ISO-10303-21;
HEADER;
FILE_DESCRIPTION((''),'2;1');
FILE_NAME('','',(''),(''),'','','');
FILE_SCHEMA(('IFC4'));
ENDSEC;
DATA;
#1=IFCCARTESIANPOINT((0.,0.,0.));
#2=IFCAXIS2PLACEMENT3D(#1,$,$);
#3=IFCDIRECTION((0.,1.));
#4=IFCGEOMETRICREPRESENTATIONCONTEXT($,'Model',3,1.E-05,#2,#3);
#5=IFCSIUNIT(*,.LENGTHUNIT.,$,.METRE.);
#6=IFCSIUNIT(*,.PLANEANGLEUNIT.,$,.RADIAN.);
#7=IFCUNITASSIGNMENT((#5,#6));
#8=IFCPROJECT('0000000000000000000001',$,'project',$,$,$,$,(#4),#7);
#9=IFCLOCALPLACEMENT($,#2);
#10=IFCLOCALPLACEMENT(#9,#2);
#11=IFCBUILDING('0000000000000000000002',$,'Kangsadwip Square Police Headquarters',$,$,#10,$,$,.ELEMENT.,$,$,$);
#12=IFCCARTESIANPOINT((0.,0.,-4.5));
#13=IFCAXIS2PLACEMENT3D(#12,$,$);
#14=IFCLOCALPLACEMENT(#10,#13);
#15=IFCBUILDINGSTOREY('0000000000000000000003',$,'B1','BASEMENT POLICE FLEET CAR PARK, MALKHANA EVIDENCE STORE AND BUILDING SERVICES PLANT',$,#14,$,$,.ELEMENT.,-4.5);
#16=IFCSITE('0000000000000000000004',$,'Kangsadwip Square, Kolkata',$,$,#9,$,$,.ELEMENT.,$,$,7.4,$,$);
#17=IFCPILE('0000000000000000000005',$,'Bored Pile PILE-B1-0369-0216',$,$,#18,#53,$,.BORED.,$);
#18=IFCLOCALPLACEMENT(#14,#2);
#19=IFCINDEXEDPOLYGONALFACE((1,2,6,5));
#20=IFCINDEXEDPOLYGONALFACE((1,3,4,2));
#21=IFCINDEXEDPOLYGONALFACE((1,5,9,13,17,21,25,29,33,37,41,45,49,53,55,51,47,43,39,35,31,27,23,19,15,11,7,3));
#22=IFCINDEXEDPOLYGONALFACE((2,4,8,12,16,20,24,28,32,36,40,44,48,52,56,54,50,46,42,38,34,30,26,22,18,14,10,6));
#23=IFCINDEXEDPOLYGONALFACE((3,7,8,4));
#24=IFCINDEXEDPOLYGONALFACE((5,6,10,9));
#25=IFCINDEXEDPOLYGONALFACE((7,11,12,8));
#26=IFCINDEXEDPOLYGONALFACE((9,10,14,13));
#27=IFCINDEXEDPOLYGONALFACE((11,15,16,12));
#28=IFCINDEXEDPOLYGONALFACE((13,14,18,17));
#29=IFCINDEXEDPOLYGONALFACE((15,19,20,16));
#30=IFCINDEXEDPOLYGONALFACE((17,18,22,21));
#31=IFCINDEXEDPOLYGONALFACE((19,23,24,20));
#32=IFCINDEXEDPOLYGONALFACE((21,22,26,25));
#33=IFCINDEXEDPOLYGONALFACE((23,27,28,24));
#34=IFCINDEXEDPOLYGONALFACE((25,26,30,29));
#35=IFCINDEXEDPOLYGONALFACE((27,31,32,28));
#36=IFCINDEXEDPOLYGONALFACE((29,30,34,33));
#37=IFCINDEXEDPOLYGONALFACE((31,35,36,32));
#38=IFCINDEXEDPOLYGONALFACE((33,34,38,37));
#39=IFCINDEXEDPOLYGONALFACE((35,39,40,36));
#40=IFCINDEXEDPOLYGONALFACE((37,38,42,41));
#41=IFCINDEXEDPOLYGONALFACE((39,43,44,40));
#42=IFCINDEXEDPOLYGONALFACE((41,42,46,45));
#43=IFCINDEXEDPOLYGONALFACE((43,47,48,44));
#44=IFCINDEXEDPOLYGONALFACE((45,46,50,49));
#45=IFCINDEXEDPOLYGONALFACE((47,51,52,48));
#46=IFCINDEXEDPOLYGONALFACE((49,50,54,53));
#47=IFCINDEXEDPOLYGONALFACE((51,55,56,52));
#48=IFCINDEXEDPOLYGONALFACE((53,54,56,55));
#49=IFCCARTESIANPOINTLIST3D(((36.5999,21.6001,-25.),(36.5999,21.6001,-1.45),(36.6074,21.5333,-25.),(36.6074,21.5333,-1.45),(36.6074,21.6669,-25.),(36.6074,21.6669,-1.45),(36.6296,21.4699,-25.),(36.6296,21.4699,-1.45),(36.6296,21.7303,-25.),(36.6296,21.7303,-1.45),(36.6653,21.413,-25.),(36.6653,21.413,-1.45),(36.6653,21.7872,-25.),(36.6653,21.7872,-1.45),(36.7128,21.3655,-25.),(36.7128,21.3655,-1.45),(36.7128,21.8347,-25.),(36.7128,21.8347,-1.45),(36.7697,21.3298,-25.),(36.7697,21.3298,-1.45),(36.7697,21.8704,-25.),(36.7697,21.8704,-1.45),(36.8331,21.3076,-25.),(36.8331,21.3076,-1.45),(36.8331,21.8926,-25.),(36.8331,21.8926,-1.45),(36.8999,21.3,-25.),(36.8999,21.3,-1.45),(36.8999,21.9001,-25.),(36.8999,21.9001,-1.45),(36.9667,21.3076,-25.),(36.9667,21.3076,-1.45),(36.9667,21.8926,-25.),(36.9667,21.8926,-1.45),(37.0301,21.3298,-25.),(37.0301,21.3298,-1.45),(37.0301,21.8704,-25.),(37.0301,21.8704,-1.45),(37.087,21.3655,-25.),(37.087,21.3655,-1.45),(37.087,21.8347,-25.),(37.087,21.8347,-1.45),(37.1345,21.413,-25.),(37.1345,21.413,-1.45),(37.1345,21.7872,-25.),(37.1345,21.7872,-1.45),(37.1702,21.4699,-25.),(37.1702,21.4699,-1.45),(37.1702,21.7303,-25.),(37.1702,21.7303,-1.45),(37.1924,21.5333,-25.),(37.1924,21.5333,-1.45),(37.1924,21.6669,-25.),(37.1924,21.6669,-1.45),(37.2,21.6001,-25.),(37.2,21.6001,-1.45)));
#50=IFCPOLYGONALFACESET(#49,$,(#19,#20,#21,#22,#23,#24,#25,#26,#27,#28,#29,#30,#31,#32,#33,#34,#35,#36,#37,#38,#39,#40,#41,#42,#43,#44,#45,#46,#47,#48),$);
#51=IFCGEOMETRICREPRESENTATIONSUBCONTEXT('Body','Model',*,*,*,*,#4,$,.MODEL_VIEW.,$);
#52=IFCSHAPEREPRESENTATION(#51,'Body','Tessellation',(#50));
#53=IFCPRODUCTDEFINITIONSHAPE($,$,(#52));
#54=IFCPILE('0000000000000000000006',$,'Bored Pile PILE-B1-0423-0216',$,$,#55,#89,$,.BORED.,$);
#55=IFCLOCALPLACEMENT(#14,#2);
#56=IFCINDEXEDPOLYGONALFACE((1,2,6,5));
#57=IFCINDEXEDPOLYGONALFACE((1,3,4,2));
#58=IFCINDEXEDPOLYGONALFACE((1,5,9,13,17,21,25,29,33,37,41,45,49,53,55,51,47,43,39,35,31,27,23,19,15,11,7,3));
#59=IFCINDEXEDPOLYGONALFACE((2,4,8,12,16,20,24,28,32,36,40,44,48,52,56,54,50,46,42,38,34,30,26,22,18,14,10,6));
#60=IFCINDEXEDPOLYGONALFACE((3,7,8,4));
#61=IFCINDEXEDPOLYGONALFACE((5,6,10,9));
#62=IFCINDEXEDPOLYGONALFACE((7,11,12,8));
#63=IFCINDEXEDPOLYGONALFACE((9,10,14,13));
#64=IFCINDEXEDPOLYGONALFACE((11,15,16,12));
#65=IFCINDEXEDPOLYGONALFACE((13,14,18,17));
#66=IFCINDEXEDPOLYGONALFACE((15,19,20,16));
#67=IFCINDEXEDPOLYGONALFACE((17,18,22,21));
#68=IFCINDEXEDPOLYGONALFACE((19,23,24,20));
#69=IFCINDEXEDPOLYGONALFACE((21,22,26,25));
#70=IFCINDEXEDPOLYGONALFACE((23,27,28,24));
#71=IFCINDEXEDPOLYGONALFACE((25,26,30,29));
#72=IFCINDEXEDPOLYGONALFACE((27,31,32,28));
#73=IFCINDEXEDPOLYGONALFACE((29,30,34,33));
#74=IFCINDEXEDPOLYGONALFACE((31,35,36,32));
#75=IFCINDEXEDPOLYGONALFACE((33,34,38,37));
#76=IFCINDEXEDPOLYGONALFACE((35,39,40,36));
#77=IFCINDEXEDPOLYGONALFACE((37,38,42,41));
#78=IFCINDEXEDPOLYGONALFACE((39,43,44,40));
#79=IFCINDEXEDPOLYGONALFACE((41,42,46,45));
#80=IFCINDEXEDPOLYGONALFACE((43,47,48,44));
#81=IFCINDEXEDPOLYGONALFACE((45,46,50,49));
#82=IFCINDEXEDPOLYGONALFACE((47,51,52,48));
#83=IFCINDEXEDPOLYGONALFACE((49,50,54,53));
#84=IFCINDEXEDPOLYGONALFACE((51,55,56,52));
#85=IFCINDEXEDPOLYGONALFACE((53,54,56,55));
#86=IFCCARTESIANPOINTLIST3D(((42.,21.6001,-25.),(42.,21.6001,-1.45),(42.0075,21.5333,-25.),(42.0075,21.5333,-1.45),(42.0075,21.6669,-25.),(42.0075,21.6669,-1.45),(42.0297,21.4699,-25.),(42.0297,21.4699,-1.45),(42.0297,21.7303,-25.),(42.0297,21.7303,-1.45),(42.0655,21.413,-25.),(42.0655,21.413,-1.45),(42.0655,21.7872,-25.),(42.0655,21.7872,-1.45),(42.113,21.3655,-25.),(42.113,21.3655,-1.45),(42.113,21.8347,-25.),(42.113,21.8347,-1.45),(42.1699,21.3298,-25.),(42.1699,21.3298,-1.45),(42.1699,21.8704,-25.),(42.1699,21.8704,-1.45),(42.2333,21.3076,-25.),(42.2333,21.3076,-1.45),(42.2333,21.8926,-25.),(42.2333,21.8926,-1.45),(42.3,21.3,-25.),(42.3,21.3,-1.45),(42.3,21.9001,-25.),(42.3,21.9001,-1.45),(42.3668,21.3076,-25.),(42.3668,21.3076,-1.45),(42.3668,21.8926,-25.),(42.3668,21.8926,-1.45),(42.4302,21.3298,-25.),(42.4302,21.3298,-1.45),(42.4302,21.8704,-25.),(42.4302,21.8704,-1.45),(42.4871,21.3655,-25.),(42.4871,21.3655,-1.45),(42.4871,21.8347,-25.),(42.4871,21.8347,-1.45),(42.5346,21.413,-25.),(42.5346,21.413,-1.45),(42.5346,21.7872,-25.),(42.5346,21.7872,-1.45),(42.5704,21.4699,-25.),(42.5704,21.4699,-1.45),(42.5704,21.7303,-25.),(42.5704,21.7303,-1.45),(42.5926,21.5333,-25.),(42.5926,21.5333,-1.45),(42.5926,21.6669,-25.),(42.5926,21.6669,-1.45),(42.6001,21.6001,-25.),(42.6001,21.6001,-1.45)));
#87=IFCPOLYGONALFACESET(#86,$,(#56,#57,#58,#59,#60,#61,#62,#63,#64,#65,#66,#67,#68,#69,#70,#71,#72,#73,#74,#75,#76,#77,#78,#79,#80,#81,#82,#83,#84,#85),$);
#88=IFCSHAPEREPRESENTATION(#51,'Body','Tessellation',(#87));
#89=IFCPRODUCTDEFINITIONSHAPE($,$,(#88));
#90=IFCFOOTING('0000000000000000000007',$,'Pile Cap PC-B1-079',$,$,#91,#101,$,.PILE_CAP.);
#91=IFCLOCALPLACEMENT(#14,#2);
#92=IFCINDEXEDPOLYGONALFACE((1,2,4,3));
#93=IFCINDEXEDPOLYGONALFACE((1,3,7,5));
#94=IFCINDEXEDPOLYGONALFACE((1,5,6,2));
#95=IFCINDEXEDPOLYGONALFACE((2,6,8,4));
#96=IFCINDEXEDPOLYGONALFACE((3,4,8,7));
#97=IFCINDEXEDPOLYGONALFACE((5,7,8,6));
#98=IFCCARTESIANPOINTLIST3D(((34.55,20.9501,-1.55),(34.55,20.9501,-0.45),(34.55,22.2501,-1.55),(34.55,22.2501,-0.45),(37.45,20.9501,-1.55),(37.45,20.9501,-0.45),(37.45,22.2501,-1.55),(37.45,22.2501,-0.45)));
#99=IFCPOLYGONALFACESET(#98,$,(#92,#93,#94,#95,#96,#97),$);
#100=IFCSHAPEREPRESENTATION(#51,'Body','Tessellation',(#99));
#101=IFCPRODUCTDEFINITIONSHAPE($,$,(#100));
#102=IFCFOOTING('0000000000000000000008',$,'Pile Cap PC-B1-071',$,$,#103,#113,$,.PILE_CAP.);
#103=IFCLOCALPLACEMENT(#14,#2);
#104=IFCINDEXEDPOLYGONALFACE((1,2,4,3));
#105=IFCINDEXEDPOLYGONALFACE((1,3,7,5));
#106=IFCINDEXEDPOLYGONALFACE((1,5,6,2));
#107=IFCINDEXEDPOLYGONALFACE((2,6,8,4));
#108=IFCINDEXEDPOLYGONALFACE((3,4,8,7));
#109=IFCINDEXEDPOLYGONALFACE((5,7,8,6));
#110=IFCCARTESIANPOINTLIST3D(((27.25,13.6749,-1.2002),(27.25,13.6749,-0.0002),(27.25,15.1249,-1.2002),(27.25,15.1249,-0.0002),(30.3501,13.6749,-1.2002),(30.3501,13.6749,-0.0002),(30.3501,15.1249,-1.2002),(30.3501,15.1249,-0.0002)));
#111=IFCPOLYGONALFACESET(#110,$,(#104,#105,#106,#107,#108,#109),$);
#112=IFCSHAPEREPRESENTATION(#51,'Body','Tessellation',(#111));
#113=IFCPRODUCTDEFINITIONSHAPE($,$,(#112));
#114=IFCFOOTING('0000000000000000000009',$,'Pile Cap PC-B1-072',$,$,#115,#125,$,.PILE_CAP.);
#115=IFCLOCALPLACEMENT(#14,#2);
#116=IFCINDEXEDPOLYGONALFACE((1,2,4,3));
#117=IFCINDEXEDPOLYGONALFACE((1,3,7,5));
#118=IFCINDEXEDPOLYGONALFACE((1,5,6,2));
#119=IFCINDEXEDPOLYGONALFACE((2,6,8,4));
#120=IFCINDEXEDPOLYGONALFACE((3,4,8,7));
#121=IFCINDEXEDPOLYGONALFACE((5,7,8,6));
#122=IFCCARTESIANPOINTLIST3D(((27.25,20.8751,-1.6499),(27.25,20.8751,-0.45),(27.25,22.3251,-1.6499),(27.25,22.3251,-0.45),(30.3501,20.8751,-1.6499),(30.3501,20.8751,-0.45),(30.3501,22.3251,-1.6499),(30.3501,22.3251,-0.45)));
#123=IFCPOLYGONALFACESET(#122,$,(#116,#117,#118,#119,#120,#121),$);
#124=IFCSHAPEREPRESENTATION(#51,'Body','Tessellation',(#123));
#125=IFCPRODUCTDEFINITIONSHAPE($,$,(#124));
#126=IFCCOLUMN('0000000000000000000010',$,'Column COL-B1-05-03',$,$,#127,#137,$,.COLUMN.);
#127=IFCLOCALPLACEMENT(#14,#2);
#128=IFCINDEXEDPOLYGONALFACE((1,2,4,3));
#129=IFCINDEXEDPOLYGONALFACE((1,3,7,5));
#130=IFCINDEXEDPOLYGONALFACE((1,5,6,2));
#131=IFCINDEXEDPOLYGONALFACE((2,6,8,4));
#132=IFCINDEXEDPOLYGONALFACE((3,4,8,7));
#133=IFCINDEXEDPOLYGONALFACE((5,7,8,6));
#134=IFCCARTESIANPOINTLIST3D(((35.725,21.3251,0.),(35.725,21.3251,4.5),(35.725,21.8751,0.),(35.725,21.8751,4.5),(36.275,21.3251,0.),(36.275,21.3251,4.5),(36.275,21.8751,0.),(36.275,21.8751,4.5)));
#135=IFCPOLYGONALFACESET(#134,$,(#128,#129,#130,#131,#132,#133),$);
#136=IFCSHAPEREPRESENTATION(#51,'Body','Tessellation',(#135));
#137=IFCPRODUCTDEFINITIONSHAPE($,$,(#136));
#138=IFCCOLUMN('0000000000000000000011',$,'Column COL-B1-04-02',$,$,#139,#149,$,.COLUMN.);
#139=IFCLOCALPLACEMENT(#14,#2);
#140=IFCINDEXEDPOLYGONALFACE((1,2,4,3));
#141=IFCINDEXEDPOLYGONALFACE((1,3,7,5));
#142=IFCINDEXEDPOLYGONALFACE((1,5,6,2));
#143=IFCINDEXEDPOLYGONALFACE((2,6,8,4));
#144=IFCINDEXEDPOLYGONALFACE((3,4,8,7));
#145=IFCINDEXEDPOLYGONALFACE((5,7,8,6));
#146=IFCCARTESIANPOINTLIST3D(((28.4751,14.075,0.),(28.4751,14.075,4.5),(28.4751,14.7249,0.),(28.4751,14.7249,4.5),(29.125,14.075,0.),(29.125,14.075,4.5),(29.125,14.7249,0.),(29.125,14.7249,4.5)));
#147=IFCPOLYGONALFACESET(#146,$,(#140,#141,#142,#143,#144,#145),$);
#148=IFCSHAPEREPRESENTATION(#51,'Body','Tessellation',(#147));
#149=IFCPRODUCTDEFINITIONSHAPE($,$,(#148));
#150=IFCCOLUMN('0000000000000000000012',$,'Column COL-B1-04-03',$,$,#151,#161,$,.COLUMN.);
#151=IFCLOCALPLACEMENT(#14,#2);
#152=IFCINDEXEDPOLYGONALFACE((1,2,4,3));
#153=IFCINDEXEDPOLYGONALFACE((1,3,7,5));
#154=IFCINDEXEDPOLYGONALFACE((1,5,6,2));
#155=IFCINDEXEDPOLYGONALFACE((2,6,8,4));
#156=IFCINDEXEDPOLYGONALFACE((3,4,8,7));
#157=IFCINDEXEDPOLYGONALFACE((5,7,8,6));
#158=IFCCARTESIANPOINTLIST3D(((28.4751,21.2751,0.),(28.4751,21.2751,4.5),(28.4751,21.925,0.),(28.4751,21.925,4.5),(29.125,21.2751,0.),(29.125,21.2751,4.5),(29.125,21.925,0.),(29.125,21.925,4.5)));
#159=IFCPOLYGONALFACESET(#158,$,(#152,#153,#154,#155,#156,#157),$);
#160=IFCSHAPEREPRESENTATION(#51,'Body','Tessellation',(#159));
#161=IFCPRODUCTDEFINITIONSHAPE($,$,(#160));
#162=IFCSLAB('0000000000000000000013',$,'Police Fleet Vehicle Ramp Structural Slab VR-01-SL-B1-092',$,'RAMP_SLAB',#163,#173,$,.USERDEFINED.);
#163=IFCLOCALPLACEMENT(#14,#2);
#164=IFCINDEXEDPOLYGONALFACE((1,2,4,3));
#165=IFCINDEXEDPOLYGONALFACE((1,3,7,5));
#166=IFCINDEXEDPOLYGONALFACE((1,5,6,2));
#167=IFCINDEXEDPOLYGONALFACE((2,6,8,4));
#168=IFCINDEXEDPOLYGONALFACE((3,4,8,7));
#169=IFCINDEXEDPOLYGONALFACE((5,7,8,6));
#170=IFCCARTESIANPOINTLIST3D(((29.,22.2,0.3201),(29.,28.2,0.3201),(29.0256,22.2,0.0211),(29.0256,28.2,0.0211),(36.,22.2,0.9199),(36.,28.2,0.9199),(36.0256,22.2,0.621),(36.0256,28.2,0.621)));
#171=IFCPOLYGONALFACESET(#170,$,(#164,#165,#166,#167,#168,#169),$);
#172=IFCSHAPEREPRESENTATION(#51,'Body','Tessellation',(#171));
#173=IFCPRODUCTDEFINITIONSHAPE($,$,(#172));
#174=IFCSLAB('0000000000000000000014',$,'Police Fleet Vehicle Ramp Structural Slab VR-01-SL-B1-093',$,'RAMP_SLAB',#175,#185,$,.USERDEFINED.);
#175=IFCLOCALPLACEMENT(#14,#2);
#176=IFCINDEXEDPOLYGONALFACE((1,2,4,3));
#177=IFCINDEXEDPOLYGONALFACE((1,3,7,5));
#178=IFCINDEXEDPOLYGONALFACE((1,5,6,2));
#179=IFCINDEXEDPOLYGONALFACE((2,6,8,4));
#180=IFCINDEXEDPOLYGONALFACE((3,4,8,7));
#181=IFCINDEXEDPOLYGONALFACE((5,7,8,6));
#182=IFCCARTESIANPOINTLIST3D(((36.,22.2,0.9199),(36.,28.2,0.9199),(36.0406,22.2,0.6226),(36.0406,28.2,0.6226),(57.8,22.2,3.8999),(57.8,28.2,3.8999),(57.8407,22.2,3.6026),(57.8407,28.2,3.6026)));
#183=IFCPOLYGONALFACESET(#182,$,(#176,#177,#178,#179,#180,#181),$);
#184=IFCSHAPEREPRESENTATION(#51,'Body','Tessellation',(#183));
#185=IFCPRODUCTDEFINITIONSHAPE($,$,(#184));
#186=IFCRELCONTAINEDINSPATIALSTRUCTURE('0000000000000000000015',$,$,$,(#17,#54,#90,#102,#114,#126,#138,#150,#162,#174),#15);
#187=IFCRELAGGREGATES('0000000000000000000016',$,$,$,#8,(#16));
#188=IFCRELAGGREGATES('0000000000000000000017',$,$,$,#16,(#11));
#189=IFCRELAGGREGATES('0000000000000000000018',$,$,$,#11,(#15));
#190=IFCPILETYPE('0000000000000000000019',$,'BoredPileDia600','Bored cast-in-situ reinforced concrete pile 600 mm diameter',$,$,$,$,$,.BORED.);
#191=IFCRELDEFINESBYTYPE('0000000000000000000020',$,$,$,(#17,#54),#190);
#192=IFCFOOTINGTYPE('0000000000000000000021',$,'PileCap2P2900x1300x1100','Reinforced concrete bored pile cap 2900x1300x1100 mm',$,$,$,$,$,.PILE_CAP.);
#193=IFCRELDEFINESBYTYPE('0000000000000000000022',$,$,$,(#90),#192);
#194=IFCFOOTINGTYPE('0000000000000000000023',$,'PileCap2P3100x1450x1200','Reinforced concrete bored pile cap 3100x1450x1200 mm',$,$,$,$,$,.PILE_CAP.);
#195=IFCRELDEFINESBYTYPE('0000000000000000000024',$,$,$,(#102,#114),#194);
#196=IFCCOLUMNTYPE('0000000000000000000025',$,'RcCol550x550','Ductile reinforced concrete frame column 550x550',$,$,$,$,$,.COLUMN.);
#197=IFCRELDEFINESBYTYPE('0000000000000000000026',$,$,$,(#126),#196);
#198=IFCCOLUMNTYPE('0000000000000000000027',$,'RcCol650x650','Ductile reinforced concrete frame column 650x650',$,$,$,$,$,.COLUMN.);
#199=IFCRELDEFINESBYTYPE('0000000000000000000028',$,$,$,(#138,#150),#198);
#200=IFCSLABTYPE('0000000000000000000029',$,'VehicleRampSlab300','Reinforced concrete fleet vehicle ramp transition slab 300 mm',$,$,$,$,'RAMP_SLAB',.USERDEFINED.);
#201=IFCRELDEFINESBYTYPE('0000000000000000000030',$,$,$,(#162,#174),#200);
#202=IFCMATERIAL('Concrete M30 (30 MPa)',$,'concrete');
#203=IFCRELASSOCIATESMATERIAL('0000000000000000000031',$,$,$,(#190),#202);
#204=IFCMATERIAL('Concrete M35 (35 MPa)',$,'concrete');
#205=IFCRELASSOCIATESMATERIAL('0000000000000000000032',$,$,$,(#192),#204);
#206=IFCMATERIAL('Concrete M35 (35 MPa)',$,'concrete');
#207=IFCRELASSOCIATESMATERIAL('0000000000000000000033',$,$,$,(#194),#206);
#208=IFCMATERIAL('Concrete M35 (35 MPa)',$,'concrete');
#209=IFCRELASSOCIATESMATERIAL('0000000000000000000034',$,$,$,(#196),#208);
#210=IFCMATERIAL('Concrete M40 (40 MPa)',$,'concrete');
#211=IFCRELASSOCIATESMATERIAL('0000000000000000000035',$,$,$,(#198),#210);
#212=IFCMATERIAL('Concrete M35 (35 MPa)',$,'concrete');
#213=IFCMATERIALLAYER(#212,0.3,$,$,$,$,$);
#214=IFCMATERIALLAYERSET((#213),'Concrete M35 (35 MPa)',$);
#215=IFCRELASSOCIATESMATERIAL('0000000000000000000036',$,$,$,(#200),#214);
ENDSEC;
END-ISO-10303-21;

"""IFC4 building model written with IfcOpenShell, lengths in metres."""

from ifc_helpers import new_model, si_unit, direction, frame, origin, origin_2d, place, context, subcontext, project, spatial, polyline, rectangle, circle, outline, extrude, material, layer, layer_set, material_profile, profile_set, type_object, element, save


model = new_model("IFC4")

# Units and contexts
model_context = context("Model", 3, precision=1e-05, world=origin(), true_north=direction((0.0, 1.0)))
body_context = subcontext(model_context, "Body", "Model", "MODEL_VIEW")
ifc_project = project(units=[si_unit("LENGTHUNIT", "METRE"), si_unit("PLANEANGLEUNIT", "RADIAN")], contexts=[model_context])

# Site, building, storey
site_placement = place(None, origin())
site = spatial("IfcSite", under=ifc_project, at=site_placement, Name="Kangsadwip Square, Kolkata", CompositionType="ELEMENT", RefElevation=7.4)
building_placement = place(site_placement, origin())
building = spatial("IfcBuilding", under=site, at=building_placement, Name="Kangsadwip Square Police Headquarters", CompositionType="ELEMENT")
storey_placement = place(building_placement, frame((0.0, 0.0, -4.5)))
storey = spatial("IfcBuildingStorey", under=building, at=storey_placement, Name="B1", Description="BASEMENT POLICE FLEET CAR PARK, MALKHANA EVIDENCE STORE AND BUILDING SERVICES PLANT", CompositionType="ELEMENT", Elevation=-4.5)

# Piles
ifc_material_1 = material(Name="Concrete M30 (30 MPa)", Category="concrete")
ifc_material_profile_1 = material_profile(ifc_material_1, circle(Radius=0.3, at=origin_2d()), Name="PILE DIA 600")
ifc_profile_set_1 = profile_set([ifc_material_profile_1], Name="Concrete M30 (30 MPa)")
pile_type = type_object("IfcPileType", Name="BoredPileDia600", Description="Bored cast-in-situ reinforced concrete pile 600 mm diameter", PredefinedType="BORED", material=ifc_profile_set_1)
for number, where, z_axis, x_axis, name in (
    (1, (36.8999, 21.6001, -1.45), (0.0, 0.0, -1.0), (1.0, 0.0, 0.0), "Bored Pile PILE-B1-0369-0216"),
    (2, (42.3, 21.6001, -1.45), (0.0, 0.0, -1.0), (1.0, 0.0, 0.0), "Bored Pile PILE-B1-0423-0216"),
):
    element("IfcPile", number, at=place(storey_placement, frame(where, z_axis=z_axis, x_axis=x_axis)), inside=storey, type_object=pile_type, Name=name, PredefinedType="BORED", context=body_context, shape_type="SweptSolid", body=[
        extrude(circle(Radius=0.3, at=origin_2d()), origin(), (0.0, 0.0, 1.0), 23.55),
    ])

# Footings
ifc_material_2 = material(Name="Concrete M35 (35 MPa)", Category="concrete")
footing_type_1 = type_object("IfcFootingType", Name="PileCap2P2900x1300x1100", Description="Reinforced concrete bored pile cap 2900x1300x1100 mm", PredefinedType="PILE_CAP", material=ifc_material_2)
footing_placement = place(storey_placement, frame((36.0, 21.6001, -1.55), z_axis=(0.0, 0.0, 1.0), x_axis=(1.0, 0.0, 0.0)))
element("IfcFooting", 3, at=footing_placement, inside=storey, type_object=footing_type_1, Name="Pile Cap PC-B1-079", PredefinedType="PILE_CAP", context=body_context, shape_type="SweptSolid", body=[
    extrude(rectangle(XDim=2.8999, YDim=1.3, at=origin_2d()), origin(), (0.0, 0.0, 1.0), 1.1001),
])
ifc_material_3 = material(Name="Concrete M35 (35 MPa)", Category="concrete")
footing_type_2 = type_object("IfcFootingType", Name="PileCap2P3100x1450x1200", Description="Reinforced concrete bored pile cap 3100x1450x1200 mm", PredefinedType="PILE_CAP", material=ifc_material_3)
for number, where, z_axis, x_axis, name in (
    (4, (28.8, 14.3999, -1.2002), (0.0, 0.0, 1.0), (1.0, 0.0, 0.0), "Pile Cap PC-B1-071"),
    (5, (28.8, 21.6001, -1.6499), (0.0, 0.0, 1.0), (1.0, 0.0, 0.0), "Pile Cap PC-B1-072"),
):
    element("IfcFooting", number, at=place(storey_placement, frame(where, z_axis=z_axis, x_axis=x_axis)), inside=storey, type_object=footing_type_2, Name=name, PredefinedType="PILE_CAP", context=body_context, shape_type="SweptSolid", body=[
        extrude(rectangle(XDim=3.1001, YDim=1.45, at=origin_2d()), origin(), (0.0, 0.0, 1.0), 1.2),
    ])

# Columns
ifc_material_4 = material(Name="Concrete M35 (35 MPa)", Category="concrete")
ifc_material_profile_2 = material_profile(ifc_material_4, rectangle(XDim=0.55, YDim=0.55, at=origin_2d()), Name="RC COL 550X550")
ifc_profile_set_2 = profile_set([ifc_material_profile_2], Name="Concrete M35 (35 MPa)")
column_type_1 = type_object("IfcColumnType", Name="RcCol550x550", Description="Ductile reinforced concrete frame column 550x550", PredefinedType="COLUMN", material=ifc_profile_set_2)
column_placement = place(storey_placement, frame((36.0, 21.6001, 0.0), z_axis=(0.0, 0.0, 1.0), x_axis=(1.0, 0.0, 0.0)))
element("IfcColumn", 6, at=column_placement, inside=storey, type_object=column_type_1, Name="Column COL-B1-05-03", PredefinedType="COLUMN", context=body_context, shape_type="SweptSolid", body=[
    extrude(rectangle(XDim=0.55, YDim=0.55, at=origin_2d()), origin(), (0.0, 0.0, 1.0), 4.5),
])
ifc_material_5 = material(Name="Concrete M40 (40 MPa)", Category="concrete")
ifc_material_profile_3 = material_profile(ifc_material_5, rectangle(XDim=0.6499, YDim=0.6499, at=origin_2d()), Name="RC COL 650X650")
ifc_profile_set_3 = profile_set([ifc_material_profile_3], Name="Concrete M40 (40 MPa)")
column_type_2 = type_object("IfcColumnType", Name="RcCol650x650", Description="Ductile reinforced concrete frame column 650x650", PredefinedType="COLUMN", material=ifc_profile_set_3)
for number, where, z_axis, x_axis, name in (
    (7, (28.8, 14.3999, 0.0), (0.0, 0.0, 1.0), (1.0, 0.0, 0.0), "Column COL-B1-04-02"),
    (8, (28.8, 21.6001, 0.0), (0.0, 0.0, 1.0), (1.0, 0.0, 0.0), "Column COL-B1-04-03"),
):
    element("IfcColumn", number, at=place(storey_placement, frame(where, z_axis=z_axis, x_axis=x_axis)), inside=storey, type_object=column_type_2, Name=name, PredefinedType="COLUMN", context=body_context, shape_type="SweptSolid", body=[
        extrude(rectangle(XDim=0.6499, YDim=0.6499, at=origin_2d()), origin(), (0.0, 0.0, 1.0), 4.5),
    ])

# Slabs
ifc_material_6 = material(Name="Concrete M35 (35 MPa)", Category="concrete")
ifc_layer_1 = layer(ifc_material_6, 0.3)
ifc_layer_set_1 = layer_set([ifc_layer_1], Name="Concrete M35 (35 MPa)")
slab_type = type_object("IfcSlabType", Name="VehicleRampSlab300", Description="Reinforced concrete fleet vehicle ramp transition slab 300 mm", ElementType="RAMP_SLAB", PredefinedType="USERDEFINED", material=ifc_layer_set_1)
slab_1_placement = place(storey_placement, frame((29.0, 22.2, 0.3201), z_axis=(-0.08538, 0.0, 0.996348), x_axis=(0.996348, 0.0, 0.08538)))
element("IfcSlab", 9, at=slab_1_placement, inside=storey, type_object=slab_type, Name="Police Fleet Vehicle Ramp Structural Slab VR-01-SL-B1-092", ObjectType="RAMP_SLAB", PredefinedType="USERDEFINED", context=body_context, shape_type="SweptSolid", body=[
    extrude(outline(polyline([(0.0, 0.0), (7.0257, 0.0), (7.0257, 6.0), (0.0, 6.0), (0.0, 0.0)])), origin(), (0.0, 0.0, -1.0), 0.3),
])
slab_2_placement = place(storey_placement, frame((36.0, 22.2, 0.9199), z_axis=(-0.135437, 0.0, 0.990786), x_axis=(0.990786, 0.0, 0.135437)))
element("IfcSlab", 10, at=slab_2_placement, inside=storey, type_object=slab_type, Name="Police Fleet Vehicle Ramp Structural Slab VR-01-SL-B1-093", ObjectType="RAMP_SLAB", PredefinedType="USERDEFINED", context=body_context, shape_type="SweptSolid", body=[
    extrude(outline(polyline([(0.0, 0.0), (22.0028, 0.0), (22.0028, 6.0), (0.0, 6.0), (0.0, 0.0)])), origin(), (0.0, 0.0, -1.0), 0.3),
])

save(model, "model.ifc")
